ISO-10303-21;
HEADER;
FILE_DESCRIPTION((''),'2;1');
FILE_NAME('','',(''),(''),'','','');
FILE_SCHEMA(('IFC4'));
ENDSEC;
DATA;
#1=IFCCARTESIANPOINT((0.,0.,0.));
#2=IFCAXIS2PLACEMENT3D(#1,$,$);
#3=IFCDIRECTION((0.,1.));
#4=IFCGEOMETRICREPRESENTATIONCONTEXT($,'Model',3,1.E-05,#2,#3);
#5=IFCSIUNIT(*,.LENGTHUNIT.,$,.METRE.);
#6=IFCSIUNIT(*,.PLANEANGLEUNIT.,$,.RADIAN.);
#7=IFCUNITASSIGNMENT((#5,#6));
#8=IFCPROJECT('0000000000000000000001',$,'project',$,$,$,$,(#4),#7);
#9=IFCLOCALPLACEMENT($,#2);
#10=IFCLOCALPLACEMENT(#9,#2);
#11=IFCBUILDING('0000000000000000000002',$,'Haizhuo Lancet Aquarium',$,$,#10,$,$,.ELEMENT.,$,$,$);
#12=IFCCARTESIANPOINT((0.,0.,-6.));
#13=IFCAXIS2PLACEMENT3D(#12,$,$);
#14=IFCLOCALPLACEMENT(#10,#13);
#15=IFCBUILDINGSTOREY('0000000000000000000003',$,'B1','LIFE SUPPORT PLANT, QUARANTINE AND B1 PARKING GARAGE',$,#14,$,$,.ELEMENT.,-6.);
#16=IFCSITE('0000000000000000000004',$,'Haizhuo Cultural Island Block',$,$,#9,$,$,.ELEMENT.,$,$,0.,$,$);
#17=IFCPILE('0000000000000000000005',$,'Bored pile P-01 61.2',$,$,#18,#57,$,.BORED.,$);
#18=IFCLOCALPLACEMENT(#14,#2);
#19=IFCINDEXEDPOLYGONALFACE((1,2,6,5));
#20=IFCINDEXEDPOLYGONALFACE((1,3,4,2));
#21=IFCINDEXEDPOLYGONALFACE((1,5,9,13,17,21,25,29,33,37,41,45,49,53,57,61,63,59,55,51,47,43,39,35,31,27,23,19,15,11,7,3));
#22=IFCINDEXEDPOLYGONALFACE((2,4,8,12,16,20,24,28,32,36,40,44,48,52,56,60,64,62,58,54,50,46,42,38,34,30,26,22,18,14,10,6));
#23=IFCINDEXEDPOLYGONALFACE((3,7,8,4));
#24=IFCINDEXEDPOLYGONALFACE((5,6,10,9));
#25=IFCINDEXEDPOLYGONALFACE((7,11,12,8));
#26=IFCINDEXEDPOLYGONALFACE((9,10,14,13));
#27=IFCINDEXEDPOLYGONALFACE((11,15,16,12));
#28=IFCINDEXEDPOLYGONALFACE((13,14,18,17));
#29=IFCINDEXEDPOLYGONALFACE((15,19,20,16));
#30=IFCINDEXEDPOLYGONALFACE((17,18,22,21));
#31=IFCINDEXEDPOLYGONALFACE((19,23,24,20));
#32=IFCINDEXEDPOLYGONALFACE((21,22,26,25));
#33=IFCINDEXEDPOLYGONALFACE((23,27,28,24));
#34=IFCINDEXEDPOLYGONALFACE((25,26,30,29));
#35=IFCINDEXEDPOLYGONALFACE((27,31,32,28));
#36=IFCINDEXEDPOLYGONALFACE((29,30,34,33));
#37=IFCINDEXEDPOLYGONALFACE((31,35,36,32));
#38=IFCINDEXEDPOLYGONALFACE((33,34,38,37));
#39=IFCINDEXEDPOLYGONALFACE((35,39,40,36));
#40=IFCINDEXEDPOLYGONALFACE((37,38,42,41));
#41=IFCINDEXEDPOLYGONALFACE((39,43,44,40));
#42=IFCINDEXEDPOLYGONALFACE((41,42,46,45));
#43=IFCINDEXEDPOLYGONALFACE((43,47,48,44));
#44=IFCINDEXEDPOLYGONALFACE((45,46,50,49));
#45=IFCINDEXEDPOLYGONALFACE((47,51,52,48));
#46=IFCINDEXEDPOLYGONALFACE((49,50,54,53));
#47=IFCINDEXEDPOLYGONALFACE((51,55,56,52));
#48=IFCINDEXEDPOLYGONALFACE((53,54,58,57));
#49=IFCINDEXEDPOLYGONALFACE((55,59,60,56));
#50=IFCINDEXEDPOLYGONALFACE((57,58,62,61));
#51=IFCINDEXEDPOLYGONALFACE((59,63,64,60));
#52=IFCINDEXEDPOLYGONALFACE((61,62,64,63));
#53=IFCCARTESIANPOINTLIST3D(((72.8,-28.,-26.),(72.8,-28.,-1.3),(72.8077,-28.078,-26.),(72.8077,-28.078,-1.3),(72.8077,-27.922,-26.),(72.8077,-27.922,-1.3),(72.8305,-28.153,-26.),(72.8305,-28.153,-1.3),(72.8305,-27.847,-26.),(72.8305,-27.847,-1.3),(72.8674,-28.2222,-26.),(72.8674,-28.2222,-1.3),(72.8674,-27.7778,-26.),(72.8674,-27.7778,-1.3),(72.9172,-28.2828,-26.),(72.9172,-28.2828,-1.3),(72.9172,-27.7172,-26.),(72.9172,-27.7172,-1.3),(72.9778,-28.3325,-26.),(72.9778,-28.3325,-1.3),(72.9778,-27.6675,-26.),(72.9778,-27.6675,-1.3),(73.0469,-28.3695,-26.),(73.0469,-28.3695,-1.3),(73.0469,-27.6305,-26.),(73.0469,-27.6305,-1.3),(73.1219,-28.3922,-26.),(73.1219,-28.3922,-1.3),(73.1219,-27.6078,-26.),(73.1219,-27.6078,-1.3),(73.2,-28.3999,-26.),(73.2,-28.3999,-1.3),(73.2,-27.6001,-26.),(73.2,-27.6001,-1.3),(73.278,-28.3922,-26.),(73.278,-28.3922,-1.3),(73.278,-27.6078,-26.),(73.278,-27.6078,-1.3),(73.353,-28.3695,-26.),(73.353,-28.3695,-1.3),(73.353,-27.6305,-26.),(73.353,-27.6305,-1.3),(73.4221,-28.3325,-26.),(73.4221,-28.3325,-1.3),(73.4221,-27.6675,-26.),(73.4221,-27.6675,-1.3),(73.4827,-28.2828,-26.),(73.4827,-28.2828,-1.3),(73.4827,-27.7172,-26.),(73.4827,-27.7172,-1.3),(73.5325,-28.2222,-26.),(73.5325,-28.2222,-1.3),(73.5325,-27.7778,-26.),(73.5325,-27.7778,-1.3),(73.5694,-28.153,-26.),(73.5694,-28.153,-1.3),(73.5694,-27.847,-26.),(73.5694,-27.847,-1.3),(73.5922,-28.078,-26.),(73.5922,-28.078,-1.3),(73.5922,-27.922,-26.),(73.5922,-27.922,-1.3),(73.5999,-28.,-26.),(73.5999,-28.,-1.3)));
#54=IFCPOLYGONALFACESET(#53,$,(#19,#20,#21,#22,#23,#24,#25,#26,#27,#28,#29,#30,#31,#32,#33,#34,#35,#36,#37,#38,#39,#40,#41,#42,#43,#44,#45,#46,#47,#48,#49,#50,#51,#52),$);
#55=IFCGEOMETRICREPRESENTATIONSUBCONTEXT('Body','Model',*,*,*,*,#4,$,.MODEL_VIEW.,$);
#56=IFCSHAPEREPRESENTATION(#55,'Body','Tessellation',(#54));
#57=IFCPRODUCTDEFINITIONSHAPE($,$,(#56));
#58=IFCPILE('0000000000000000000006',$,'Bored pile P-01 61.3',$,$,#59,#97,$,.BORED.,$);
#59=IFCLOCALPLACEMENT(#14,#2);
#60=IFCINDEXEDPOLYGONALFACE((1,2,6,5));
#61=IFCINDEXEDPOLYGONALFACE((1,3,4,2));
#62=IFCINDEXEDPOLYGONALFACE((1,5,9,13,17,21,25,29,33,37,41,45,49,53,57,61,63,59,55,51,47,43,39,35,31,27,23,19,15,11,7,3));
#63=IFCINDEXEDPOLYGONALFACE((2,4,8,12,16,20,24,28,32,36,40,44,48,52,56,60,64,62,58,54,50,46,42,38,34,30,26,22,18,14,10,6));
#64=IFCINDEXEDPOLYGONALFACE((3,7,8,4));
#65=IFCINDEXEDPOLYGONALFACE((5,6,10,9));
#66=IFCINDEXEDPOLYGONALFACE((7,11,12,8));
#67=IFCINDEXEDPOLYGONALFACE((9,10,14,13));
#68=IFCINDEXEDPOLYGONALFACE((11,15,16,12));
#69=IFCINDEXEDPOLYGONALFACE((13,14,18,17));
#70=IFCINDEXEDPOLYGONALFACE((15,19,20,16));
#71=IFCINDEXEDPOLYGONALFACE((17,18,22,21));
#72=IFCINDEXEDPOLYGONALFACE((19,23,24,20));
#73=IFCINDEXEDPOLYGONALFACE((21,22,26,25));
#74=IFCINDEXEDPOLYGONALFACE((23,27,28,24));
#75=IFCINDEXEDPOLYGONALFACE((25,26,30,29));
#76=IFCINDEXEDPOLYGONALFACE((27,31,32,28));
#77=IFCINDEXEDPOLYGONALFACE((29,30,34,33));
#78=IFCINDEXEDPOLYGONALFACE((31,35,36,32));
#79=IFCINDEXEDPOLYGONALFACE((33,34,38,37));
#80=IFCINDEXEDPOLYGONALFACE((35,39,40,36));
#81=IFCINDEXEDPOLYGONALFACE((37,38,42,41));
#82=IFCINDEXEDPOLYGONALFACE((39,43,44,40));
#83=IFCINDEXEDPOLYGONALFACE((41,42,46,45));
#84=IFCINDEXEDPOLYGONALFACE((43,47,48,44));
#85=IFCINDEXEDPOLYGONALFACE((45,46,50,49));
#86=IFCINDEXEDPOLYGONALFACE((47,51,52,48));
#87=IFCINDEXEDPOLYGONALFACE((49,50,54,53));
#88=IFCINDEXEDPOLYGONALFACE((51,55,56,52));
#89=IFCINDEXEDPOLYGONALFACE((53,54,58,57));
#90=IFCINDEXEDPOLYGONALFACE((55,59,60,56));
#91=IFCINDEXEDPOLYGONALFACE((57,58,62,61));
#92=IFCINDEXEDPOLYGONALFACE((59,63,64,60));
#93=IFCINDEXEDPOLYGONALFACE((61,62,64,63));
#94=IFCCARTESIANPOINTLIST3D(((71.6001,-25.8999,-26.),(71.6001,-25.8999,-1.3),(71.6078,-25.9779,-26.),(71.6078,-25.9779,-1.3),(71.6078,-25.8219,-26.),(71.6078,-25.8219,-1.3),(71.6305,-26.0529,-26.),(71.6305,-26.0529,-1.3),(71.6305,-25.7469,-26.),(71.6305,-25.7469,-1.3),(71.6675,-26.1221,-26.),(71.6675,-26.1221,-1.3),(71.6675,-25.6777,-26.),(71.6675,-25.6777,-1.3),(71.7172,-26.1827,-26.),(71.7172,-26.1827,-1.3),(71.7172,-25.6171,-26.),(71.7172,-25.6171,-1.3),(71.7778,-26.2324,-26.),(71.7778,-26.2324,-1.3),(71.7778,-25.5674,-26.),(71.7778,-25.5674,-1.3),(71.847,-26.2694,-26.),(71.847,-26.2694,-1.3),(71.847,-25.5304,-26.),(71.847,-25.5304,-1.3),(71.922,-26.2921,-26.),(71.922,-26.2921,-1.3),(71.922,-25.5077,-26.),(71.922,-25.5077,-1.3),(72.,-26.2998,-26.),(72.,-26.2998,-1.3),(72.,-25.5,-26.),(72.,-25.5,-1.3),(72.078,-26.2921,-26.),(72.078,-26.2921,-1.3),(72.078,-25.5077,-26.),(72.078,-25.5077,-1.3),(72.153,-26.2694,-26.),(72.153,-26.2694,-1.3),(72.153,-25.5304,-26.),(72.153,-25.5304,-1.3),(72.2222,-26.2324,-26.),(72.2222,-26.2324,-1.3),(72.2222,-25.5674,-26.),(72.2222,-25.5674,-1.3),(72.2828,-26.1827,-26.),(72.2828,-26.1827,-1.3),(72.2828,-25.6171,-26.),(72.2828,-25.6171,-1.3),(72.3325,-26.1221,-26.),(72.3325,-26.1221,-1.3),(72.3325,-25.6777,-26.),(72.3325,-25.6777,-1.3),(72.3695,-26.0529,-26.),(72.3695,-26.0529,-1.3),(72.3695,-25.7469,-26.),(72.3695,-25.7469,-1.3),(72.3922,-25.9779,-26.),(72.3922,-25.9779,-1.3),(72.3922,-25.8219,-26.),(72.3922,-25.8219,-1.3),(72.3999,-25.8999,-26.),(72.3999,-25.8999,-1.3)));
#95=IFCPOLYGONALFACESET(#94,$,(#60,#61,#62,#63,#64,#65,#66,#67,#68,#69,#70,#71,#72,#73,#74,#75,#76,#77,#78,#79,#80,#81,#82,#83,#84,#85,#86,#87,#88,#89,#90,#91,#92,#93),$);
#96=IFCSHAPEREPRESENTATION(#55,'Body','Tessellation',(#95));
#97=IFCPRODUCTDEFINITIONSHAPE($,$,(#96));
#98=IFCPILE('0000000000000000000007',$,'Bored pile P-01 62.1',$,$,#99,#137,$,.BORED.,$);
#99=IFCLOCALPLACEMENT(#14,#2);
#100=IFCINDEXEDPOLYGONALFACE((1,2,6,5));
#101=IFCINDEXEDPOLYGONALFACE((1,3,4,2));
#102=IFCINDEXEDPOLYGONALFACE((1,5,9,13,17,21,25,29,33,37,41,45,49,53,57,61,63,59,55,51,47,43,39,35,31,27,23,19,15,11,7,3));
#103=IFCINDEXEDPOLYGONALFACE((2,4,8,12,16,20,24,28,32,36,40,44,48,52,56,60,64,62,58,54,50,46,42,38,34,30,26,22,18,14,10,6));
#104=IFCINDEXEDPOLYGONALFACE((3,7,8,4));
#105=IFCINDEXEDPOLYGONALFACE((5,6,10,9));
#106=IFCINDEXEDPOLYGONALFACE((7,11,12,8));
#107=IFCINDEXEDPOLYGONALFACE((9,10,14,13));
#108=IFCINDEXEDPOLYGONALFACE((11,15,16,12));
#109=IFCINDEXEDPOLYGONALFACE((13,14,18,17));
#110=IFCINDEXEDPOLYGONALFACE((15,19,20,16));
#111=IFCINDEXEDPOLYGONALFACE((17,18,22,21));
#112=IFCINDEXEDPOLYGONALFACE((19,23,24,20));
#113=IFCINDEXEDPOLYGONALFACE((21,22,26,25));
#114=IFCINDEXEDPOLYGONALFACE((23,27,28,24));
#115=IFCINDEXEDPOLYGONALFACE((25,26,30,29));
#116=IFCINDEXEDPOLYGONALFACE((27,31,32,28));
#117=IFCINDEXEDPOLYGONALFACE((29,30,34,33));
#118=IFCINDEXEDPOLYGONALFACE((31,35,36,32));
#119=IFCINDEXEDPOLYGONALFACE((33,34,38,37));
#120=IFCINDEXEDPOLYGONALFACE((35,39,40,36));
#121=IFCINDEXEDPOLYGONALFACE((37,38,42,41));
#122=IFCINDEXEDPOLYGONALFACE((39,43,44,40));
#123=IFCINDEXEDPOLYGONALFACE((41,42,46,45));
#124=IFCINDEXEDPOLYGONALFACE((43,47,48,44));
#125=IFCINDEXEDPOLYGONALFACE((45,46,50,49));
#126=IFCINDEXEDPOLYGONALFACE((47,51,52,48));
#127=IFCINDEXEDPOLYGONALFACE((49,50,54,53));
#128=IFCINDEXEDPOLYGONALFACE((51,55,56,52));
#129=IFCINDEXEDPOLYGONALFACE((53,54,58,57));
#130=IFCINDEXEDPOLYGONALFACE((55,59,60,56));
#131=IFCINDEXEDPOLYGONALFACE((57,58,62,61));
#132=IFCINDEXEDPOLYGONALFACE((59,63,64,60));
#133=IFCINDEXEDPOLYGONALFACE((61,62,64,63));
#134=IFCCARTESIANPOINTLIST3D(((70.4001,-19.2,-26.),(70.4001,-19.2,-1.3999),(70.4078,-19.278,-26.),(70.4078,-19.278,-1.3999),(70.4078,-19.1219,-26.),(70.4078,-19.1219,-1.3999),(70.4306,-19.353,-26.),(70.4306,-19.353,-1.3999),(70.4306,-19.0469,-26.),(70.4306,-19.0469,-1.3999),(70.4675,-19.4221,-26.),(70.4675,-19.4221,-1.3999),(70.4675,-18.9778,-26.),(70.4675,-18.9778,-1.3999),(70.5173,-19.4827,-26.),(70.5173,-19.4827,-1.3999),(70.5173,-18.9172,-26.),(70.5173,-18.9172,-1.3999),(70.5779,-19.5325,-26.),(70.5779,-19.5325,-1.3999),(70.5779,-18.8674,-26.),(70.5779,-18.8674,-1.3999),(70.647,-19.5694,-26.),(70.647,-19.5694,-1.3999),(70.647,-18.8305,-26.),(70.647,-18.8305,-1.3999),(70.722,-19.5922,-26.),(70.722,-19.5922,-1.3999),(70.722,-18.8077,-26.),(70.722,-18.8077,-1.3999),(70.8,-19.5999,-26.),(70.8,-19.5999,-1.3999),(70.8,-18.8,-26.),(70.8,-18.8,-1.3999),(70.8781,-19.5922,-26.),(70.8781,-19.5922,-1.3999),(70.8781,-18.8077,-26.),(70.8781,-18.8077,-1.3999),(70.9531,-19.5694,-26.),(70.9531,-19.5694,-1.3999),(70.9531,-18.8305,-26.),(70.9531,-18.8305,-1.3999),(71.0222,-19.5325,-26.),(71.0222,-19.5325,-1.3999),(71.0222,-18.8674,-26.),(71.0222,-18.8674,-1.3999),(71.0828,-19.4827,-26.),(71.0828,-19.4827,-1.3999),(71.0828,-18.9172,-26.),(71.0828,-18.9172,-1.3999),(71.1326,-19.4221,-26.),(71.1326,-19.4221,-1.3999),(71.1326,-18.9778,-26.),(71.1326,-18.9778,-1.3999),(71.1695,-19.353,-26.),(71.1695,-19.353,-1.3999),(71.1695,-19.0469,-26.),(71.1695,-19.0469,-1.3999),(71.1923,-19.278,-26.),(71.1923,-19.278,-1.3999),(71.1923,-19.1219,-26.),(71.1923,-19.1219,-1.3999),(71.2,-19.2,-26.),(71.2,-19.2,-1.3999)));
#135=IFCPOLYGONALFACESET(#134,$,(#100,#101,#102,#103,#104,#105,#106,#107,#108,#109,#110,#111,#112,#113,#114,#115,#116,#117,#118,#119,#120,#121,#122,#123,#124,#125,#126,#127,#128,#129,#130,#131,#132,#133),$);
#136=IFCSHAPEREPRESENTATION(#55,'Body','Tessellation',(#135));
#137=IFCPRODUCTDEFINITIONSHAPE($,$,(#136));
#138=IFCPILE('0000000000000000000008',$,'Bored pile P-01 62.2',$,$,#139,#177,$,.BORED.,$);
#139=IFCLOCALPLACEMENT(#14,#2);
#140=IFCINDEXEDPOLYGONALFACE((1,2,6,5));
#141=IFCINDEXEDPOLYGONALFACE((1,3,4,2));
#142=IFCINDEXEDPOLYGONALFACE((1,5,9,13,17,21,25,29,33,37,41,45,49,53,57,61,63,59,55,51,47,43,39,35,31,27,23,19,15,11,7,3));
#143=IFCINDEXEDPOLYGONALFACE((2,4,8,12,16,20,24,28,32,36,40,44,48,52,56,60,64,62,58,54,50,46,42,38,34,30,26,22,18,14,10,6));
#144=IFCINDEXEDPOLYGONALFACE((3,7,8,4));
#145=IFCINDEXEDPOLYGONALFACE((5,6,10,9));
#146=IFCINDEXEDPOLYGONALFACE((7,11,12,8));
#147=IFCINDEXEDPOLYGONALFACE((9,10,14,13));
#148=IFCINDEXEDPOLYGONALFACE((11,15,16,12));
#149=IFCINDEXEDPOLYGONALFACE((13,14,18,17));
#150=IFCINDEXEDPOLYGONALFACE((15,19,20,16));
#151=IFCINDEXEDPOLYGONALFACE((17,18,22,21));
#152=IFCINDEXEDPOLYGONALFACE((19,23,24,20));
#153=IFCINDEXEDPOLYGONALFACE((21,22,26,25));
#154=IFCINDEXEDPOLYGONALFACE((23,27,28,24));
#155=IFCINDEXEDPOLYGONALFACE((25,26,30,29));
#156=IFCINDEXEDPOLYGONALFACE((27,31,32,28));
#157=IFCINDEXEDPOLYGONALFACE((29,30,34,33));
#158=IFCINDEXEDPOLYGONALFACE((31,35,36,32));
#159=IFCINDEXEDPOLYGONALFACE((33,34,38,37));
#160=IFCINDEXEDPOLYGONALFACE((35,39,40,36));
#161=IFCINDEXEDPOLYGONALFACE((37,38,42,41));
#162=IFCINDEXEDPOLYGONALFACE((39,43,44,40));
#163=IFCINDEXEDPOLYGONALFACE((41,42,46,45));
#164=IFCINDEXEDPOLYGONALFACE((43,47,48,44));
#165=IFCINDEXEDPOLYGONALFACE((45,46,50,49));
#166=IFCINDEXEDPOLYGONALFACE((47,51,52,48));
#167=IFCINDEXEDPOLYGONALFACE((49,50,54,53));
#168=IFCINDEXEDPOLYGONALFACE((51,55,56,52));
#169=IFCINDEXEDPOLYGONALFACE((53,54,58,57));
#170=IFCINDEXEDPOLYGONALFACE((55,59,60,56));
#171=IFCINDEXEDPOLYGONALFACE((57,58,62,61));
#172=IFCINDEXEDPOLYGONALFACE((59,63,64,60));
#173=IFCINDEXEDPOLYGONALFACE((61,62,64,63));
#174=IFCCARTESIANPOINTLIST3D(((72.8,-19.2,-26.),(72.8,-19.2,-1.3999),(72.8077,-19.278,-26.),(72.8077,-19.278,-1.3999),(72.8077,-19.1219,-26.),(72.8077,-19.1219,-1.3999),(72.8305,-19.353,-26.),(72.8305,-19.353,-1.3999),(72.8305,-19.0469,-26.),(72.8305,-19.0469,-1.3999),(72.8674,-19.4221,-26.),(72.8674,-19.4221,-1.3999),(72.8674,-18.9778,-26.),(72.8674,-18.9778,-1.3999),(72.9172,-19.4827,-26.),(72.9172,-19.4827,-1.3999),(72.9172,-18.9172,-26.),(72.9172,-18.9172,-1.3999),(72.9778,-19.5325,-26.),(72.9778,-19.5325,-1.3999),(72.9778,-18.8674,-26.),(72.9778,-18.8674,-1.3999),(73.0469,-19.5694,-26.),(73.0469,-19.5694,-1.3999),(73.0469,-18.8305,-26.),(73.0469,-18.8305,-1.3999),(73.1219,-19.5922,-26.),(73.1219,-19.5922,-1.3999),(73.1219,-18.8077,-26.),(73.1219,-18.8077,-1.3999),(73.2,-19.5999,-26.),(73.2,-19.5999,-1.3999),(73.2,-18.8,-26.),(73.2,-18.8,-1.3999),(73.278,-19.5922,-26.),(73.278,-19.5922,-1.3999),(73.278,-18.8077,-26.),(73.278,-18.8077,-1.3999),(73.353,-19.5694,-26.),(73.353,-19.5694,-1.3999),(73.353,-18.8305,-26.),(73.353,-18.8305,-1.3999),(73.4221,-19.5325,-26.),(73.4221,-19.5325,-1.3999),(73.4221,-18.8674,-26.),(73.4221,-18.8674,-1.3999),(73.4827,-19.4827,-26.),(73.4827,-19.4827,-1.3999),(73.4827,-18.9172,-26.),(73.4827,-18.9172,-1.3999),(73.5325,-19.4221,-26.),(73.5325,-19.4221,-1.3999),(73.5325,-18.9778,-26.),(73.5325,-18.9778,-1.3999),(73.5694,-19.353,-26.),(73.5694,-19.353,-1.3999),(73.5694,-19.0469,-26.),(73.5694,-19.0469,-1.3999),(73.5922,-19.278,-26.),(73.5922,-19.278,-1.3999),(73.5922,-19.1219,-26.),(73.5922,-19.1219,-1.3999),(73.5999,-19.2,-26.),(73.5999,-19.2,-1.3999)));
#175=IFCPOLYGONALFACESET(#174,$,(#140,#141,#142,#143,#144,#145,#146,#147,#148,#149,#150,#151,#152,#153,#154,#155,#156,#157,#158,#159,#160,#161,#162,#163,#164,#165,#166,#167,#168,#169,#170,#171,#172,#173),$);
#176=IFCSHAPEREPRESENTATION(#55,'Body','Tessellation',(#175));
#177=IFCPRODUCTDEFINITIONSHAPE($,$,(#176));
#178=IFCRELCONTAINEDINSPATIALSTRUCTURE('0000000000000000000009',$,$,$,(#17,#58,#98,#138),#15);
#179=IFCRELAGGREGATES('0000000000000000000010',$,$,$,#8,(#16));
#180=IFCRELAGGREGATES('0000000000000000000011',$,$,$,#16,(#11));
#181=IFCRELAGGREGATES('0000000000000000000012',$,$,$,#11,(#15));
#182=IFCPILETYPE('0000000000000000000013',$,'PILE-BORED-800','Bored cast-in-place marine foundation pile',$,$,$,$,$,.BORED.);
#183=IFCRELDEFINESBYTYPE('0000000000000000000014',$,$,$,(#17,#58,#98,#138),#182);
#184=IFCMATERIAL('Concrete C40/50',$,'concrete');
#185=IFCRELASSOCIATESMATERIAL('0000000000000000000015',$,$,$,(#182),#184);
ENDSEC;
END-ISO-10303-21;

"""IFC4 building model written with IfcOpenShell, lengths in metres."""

from ifc_helpers import new_model, si_unit, direction, frame, origin, origin_2d, place, context, subcontext, project, spatial, circle, extrude, material, material_profile, profile_set, type_object, element, save


model = new_model("IFC4")

# Units and contexts
model_context = context("Model", 3, precision=1e-05, world=origin(), true_north=direction((0.0, 1.0)))
body_context = subcontext(model_context, "Body", "Model", "MODEL_VIEW")
ifc_project = project(units=[si_unit("LENGTHUNIT", "METRE"), si_unit("PLANEANGLEUNIT", "RADIAN")], contexts=[model_context])

# Site, building, storey
site_placement = place(None, origin())
site = spatial("IfcSite", under=ifc_project, at=site_placement, Name="Haizhuo Cultural Island Block", CompositionType="ELEMENT", RefElevation=0.0)
building_placement = place(site_placement, origin())
building = spatial("IfcBuilding", under=site, at=building_placement, Name="Haizhuo Lancet Aquarium", CompositionType="ELEMENT")
storey_placement = place(building_placement, frame((0.0, 0.0, -6.0)))
storey = spatial("IfcBuildingStorey", under=building, at=storey_placement, Name="B1", Description="LIFE SUPPORT PLANT, QUARANTINE AND B1 PARKING GARAGE", CompositionType="ELEMENT", Elevation=-6.0)

# Shared definitions
ifc_material_1 = material(Name="Concrete C40/50", Category="concrete")

# Piles
ifc_material_profile_1 = material_profile(ifc_material_1, circle(Radius=0.3999, at=origin_2d()), Name="PILE-800")
ifc_profile_set_1 = profile_set([ifc_material_profile_1], Name="Concrete C40/50")
pile_type_1 = type_object("IfcPileType", Name="PILE-BORED-800", Description="Bored cast-in-place marine foundation pile", PredefinedType="BORED", material=ifc_profile_set_1)
for number, where, z_axis, x_axis, name in (
    (1, (73.2, -28.0, -1.3), (0.0, 0.0, -1.0), (1.0, 0.0, 0.0), "Bored pile P-01 61.2"),
    (2, (72.0, -25.8999, -1.3), (0.0, 0.0, -1.0), (1.0, 0.0, 0.0), "Bored pile P-01 61.3"),
):
    element("IfcPile", number, at=place(storey_placement, frame(where, z_axis=z_axis, x_axis=x_axis)), inside=storey, type_object=pile_type_1, Name=name, PredefinedType="BORED", context=body_context, shape_type="SweptSolid", body=[
        extrude(circle(Radius=0.3999, at=origin_2d()), origin(), (0.0, 0.0, 1.0), 24.7),
    ])
for number, where, z_axis, x_axis, name in (
    (3, (70.8, -19.2, -1.3999), (0.0, 0.0, -1.0), (1.0, 0.0, 0.0), "Bored pile P-01 62.1"),
    (4, (73.2, -19.2, -1.3999), (0.0, 0.0, -1.0), (1.0, 0.0, 0.0), "Bored pile P-01 62.2"),
):
    element("IfcPile", number, at=place(storey_placement, frame(where, z_axis=z_axis, x_axis=x_axis)), inside=storey, type_object=pile_type_1, Name=name, PredefinedType="BORED", context=body_context, shape_type="SweptSolid", body=[
        extrude(circle(Radius=0.3999, at=origin_2d()), origin(), (0.0, 0.0, 1.0), 24.6001),
    ])

save(model, "model.ifc")
